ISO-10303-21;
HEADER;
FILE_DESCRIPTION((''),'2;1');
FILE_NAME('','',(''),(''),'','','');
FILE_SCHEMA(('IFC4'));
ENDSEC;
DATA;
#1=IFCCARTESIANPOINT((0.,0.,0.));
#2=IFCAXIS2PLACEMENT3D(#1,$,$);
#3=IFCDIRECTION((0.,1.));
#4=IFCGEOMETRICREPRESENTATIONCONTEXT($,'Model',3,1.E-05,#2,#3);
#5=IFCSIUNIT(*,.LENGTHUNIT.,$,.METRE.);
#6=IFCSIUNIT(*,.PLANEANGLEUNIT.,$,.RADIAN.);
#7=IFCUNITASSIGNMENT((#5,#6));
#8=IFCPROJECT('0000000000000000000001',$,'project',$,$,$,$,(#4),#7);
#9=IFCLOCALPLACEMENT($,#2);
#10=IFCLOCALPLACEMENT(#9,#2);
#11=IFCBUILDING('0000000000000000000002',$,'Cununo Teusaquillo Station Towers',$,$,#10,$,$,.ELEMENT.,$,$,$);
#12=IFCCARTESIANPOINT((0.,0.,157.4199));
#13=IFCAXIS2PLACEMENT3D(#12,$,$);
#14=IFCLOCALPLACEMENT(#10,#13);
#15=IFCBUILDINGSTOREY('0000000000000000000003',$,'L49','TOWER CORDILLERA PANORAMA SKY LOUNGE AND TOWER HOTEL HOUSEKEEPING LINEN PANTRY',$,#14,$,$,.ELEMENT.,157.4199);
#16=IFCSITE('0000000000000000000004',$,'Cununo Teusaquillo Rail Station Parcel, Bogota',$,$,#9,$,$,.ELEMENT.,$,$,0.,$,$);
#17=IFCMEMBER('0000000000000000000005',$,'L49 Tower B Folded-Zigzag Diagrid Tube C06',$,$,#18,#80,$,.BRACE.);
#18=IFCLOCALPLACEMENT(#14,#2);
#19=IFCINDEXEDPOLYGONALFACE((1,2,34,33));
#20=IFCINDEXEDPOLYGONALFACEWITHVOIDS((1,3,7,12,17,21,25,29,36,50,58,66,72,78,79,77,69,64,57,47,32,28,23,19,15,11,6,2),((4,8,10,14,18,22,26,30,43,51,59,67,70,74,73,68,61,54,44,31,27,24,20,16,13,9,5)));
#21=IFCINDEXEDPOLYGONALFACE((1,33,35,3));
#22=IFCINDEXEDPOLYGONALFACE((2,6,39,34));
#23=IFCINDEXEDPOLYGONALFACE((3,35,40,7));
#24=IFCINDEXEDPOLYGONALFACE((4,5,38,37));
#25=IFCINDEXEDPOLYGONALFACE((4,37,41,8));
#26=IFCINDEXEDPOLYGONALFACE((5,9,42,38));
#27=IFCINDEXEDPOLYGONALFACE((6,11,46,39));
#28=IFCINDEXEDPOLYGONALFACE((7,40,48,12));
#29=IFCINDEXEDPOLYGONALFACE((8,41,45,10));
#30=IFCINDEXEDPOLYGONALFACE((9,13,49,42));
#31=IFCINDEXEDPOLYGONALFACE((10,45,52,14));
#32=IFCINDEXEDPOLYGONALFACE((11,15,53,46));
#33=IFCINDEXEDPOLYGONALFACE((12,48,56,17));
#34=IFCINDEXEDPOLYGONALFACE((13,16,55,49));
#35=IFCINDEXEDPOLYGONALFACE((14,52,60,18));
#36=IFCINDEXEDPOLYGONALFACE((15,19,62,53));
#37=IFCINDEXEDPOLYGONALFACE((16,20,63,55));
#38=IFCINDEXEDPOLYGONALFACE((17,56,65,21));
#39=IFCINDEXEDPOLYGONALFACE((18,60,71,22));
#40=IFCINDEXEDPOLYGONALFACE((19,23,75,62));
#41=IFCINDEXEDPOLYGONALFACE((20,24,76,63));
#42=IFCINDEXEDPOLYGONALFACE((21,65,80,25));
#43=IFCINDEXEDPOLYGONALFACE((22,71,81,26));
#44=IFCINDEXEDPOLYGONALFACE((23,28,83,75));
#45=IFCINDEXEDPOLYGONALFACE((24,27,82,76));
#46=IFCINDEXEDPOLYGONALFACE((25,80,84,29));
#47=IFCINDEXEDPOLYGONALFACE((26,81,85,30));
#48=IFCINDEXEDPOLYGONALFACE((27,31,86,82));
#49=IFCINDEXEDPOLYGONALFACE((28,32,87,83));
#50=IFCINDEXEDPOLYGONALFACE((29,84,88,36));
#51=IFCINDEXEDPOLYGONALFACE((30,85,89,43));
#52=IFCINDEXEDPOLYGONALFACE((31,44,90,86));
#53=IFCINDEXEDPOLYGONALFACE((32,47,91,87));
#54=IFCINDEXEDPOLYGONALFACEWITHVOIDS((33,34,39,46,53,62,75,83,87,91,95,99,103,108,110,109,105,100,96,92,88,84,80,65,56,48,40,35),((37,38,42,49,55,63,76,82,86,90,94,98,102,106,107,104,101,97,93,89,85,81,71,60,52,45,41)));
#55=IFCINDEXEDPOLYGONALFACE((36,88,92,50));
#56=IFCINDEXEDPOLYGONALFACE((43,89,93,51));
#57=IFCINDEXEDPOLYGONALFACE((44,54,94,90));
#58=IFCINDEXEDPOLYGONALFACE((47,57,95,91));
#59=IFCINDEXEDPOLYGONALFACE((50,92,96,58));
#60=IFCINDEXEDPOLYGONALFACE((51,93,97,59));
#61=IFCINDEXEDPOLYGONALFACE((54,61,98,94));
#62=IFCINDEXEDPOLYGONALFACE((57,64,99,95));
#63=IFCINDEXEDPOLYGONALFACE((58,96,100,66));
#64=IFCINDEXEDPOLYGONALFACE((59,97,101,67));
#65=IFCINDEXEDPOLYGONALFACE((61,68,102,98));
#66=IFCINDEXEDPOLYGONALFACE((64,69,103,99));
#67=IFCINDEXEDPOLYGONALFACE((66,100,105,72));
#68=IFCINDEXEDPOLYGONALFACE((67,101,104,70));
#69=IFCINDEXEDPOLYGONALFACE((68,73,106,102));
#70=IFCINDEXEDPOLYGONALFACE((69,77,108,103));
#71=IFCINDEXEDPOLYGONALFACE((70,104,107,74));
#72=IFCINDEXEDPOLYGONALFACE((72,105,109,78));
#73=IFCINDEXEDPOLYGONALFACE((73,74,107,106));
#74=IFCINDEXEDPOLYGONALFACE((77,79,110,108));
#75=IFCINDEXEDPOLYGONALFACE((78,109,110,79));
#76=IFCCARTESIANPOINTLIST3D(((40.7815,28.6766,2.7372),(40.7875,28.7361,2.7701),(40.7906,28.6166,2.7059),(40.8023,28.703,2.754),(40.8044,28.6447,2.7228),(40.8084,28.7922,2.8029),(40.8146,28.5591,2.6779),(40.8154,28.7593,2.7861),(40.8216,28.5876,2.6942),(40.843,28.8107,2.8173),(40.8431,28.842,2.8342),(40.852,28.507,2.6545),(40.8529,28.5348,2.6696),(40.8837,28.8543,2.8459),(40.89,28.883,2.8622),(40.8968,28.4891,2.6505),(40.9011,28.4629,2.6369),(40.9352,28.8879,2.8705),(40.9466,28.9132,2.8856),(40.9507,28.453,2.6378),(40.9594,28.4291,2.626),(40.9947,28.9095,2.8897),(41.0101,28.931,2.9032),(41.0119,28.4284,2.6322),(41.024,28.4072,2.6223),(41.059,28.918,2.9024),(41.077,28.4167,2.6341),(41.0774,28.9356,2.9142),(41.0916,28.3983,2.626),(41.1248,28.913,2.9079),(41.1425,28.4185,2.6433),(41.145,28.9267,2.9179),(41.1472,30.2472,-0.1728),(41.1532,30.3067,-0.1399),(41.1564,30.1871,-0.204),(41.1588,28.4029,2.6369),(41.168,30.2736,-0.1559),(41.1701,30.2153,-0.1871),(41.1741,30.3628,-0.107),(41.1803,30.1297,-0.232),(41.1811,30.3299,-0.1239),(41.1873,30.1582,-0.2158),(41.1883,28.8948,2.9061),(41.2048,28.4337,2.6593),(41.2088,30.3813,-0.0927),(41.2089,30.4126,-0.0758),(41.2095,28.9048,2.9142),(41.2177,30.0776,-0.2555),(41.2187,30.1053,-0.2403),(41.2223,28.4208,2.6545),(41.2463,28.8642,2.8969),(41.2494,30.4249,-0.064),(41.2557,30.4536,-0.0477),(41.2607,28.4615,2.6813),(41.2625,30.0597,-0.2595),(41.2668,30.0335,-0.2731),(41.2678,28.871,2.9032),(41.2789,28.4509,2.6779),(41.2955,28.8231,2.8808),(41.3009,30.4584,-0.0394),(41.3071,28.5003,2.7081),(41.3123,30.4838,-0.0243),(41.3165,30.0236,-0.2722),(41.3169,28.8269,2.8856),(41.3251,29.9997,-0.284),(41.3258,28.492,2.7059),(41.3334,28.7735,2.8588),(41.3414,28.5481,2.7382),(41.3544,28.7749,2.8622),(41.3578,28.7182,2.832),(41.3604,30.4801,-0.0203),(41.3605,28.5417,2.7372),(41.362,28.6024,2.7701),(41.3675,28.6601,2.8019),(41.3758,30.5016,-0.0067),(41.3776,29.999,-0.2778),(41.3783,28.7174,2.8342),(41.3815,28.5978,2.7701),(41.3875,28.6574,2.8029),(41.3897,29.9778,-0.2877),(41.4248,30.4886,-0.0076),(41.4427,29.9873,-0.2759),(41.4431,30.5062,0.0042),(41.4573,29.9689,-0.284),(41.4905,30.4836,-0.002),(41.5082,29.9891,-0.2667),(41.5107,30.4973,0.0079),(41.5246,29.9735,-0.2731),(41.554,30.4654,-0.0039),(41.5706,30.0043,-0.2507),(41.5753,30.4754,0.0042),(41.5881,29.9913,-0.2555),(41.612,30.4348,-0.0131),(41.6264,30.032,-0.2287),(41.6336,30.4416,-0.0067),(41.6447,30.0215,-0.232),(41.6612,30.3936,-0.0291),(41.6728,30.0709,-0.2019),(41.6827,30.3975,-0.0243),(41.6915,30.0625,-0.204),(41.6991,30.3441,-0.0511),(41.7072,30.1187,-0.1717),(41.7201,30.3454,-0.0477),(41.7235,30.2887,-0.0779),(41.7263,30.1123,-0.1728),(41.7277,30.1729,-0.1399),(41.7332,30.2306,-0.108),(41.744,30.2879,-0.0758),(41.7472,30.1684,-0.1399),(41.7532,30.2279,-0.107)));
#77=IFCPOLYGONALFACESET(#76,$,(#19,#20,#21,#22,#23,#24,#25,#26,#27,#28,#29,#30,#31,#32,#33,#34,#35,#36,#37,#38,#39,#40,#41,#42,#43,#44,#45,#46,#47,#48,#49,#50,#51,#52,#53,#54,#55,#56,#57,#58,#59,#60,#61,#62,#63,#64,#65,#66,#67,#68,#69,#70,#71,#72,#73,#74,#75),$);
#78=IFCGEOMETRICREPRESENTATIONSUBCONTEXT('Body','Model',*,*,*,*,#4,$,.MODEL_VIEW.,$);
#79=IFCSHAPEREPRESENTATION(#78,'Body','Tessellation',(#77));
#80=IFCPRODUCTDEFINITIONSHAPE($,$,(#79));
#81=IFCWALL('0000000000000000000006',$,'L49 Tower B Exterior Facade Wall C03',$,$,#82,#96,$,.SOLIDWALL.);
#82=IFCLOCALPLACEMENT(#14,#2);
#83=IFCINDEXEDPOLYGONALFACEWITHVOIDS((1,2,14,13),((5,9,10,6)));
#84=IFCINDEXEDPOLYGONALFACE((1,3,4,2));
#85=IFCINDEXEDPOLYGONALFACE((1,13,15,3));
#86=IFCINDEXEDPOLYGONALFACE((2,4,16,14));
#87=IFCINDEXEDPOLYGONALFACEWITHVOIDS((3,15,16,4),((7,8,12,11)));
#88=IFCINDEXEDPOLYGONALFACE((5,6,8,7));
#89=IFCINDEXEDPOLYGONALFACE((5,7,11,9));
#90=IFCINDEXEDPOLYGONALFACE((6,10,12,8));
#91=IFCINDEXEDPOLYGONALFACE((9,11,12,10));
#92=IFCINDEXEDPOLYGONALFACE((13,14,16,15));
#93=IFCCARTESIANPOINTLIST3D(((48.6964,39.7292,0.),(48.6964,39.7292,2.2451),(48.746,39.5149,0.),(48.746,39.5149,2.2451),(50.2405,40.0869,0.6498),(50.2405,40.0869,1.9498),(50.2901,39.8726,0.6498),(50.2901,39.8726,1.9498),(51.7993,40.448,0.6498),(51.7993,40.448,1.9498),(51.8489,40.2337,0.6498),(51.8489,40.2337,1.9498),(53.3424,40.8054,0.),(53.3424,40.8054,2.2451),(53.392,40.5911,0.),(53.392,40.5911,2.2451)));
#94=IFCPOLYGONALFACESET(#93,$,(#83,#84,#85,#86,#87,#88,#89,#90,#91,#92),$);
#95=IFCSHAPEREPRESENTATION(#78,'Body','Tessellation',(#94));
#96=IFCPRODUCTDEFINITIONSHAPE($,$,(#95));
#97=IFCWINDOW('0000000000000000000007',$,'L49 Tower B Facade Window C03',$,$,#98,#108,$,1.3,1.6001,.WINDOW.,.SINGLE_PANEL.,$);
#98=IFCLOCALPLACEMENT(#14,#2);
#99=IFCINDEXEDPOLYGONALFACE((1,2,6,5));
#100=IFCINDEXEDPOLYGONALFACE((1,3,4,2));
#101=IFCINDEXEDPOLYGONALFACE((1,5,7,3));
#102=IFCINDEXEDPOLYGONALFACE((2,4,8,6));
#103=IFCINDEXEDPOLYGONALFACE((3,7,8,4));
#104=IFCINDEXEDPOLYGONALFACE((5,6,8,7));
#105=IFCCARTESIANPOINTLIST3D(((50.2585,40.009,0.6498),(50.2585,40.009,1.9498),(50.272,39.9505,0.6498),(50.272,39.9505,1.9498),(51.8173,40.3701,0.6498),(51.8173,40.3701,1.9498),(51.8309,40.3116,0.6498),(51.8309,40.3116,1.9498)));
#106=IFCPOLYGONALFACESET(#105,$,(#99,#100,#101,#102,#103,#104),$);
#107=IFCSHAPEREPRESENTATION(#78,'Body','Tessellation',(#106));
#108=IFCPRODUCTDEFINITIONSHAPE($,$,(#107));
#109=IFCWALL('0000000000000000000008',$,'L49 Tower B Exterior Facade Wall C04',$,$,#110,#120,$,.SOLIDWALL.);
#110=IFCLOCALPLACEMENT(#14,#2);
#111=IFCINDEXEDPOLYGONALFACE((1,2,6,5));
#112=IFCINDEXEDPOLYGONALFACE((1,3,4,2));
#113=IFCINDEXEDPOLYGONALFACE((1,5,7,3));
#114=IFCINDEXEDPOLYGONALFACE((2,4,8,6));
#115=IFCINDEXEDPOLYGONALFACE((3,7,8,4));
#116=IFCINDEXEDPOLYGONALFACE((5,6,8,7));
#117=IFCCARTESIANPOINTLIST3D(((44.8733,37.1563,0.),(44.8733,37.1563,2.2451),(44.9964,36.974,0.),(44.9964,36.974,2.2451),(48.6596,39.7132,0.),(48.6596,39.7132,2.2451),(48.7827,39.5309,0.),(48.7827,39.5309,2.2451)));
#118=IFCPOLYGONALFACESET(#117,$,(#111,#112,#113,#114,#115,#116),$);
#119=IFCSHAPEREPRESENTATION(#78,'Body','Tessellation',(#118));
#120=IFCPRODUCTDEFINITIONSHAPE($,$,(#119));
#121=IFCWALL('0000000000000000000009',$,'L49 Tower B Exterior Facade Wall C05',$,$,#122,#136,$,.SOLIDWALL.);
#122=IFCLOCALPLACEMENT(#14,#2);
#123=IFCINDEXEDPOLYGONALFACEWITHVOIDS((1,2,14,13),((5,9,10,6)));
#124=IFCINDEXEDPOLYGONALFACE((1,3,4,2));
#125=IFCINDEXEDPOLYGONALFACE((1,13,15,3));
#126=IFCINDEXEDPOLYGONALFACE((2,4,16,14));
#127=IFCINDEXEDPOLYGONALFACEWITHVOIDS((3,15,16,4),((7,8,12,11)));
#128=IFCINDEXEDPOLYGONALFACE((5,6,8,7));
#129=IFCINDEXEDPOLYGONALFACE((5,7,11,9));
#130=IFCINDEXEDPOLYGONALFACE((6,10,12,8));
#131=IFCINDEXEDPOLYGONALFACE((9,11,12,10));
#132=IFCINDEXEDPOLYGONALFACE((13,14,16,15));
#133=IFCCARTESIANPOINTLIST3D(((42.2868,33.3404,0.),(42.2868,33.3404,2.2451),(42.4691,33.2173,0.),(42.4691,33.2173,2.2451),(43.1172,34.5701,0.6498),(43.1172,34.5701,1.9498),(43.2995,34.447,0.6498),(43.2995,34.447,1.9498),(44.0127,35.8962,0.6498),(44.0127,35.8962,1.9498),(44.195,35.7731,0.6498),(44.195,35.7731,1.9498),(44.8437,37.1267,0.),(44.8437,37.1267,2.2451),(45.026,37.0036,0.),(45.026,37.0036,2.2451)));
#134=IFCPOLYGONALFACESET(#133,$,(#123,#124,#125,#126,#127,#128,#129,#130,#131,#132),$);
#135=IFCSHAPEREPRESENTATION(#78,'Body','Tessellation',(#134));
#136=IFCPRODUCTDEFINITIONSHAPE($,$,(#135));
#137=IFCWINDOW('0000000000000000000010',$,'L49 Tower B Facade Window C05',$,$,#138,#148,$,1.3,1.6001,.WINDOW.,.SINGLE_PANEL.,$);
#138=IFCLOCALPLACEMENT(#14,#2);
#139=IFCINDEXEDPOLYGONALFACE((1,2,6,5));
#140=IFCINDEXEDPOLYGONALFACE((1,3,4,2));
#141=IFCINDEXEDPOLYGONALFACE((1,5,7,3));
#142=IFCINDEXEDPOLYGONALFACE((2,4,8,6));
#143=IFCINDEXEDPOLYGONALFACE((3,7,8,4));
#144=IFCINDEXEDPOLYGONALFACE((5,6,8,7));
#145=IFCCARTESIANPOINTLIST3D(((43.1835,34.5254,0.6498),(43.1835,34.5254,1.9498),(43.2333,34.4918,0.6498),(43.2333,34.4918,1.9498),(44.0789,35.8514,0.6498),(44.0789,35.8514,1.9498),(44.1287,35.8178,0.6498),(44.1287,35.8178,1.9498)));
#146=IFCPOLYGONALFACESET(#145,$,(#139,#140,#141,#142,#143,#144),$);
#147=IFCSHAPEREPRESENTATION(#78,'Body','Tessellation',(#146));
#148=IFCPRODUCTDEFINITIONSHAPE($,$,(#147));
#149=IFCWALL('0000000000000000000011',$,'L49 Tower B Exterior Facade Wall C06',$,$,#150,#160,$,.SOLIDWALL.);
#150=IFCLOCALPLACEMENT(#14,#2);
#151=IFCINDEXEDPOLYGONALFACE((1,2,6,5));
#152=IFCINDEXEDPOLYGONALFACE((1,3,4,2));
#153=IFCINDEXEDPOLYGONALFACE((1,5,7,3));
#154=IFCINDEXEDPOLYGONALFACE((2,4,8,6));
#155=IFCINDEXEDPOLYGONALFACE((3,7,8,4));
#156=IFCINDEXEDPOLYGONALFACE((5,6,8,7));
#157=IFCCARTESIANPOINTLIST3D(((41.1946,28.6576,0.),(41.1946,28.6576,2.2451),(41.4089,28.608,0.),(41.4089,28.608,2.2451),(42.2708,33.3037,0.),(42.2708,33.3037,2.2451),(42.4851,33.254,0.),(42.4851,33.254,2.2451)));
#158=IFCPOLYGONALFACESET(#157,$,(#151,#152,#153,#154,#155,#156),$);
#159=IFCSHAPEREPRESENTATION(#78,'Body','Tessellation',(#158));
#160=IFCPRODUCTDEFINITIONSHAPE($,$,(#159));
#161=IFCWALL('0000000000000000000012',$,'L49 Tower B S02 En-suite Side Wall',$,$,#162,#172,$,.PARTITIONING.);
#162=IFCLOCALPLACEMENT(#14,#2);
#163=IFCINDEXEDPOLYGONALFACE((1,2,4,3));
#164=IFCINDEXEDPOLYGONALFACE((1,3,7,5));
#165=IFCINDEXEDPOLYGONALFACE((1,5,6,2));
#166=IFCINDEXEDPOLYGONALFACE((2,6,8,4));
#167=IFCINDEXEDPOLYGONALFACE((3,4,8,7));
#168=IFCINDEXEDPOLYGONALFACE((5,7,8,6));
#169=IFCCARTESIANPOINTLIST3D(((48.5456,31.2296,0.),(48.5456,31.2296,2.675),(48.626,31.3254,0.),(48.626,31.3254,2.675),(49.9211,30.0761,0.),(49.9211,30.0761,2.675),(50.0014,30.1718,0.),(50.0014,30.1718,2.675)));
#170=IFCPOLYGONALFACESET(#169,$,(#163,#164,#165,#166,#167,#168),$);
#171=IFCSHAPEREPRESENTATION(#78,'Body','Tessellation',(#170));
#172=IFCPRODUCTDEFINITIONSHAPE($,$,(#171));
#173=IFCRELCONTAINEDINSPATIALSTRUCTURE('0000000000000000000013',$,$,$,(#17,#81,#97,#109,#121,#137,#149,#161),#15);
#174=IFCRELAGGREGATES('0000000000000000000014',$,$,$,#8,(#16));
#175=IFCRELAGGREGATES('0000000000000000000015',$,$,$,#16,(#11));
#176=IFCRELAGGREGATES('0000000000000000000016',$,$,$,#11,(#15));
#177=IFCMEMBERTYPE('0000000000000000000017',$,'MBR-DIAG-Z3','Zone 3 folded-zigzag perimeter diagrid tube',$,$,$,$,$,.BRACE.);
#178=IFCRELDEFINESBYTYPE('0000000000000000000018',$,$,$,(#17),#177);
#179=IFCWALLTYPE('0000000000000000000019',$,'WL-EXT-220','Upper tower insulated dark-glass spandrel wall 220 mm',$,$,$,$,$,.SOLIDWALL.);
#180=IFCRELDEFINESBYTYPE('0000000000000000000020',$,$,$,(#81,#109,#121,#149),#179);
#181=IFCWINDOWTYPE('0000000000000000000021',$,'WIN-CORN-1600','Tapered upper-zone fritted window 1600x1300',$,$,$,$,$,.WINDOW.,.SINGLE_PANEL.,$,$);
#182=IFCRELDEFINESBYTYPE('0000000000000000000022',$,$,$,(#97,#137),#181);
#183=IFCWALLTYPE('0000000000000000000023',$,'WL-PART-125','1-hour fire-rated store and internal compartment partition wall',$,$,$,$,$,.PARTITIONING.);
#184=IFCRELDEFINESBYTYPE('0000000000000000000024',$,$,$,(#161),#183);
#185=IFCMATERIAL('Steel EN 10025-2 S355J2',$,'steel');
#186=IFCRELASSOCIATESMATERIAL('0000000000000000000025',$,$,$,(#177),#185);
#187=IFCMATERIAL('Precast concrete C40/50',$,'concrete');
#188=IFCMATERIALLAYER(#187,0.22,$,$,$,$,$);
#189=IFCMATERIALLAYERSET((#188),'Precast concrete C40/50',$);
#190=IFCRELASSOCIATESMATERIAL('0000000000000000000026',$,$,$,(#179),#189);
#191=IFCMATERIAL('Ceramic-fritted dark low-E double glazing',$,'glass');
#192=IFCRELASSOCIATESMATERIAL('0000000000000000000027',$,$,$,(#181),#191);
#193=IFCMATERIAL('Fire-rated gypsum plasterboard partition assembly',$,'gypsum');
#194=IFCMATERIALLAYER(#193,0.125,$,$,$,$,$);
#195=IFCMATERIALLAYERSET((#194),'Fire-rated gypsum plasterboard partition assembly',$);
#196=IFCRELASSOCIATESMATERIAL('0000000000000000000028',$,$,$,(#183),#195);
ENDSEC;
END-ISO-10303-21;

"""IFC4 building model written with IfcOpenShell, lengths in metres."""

from ifc_helpers import new_model, si_unit, direction, frame, frame_2d, origin, origin_2d, place, context, subcontext, project, spatial, rectangle, hollow_circle, extrude, source, transform, mapped, material, layer, layer_set, material_profile, profile_set, type_object, element, fill, save


model = new_model("IFC4")

# Units and contexts
model_context = context("Model", 3, precision=1e-05, world=origin(), true_north=direction((0.0, 1.0)))
body_context = subcontext(model_context, "Body", "Model", "MODEL_VIEW")
ifc_project = project(units=[si_unit("LENGTHUNIT", "METRE"), si_unit("PLANEANGLEUNIT", "RADIAN")], contexts=[model_context])

# Site, building, storey
site_placement = place(None, origin())
site = spatial("IfcSite", under=ifc_project, at=site_placement, Name="Cununo Teusaquillo Rail Station Parcel, Bogota", CompositionType="ELEMENT", RefElevation=0.0)
building_placement = place(site_placement, origin())
building = spatial("IfcBuilding", under=site, at=building_placement, Name="Cununo Teusaquillo Station Towers", CompositionType="ELEMENT")
storey_placement = place(building_placement, frame((0.0, 0.0, 157.4199)))
storey = spatial("IfcBuildingStorey", under=building, at=storey_placement, Name="L49", Description="TOWER CORDILLERA PANORAMA SKY LOUNGE AND TOWER HOTEL HOUSEKEEPING LINEN PANTRY", CompositionType="ELEMENT", Elevation=157.4199)

# Member
ifc_material_1 = material(Name="Steel EN 10025-2 S355J2", Category="steel")
ifc_material_profile_1 = material_profile(ifc_material_1, hollow_circle(Radius=0.3049, WallThickness=0.02, at=origin_2d()), Name="CHS 610x20")
ifc_profile_set_1 = profile_set([ifc_material_profile_1], Name="Steel EN 10025-2 S355J2")
member_type = type_object("IfcMemberType", Name="MBR-DIAG-Z3", Description="Zone 3 folded-zigzag perimeter diagrid tube", PredefinedType="BRACE", material=ifc_profile_set_1)
member_1_placement = place(storey_placement, frame((41.4502, 30.2375, -0.1399), z_axis=(-0.10993, -0.472084, 0.874673), x_axis=(0.973943, -0.226794, 0.0)))
element("IfcMember", 1, at=member_1_placement, inside=storey, type_object=member_type, Name="L49 Tower B Folded-Zigzag Diagrid Tube C06", PredefinedType="BRACE", context=body_context, shape_type="SweptSolid", body=[
    extrude(hollow_circle(Radius=0.3049, WallThickness=0.02, at=origin_2d()), origin(), (0.0, 0.0, 1.0), 3.3269),
])

# Wall, opening, window
ifc_material_2 = material(Name="Precast concrete C40/50", Category="concrete")
ifc_layer_1 = layer(ifc_material_2, 0.22)
ifc_layer_set_1 = layer_set([ifc_layer_1], Name="Precast concrete C40/50")
wall_type_1 = type_object("IfcWallType", Name="WL-EXT-220", Description="Upper tower insulated dark-glass spandrel wall 220 mm", PredefinedType="SOLIDWALL", material=ifc_layer_set_1)
wall_1_placement = place(storey_placement, frame((48.7212, 39.6221, 0.0), z_axis=(0.0, 0.0, 1.0), x_axis=(0.974206, 0.22566, 0.0)))
wall_1 = element("IfcWall", 2, at=wall_1_placement, inside=storey, type_object=wall_type_1, Name="L49 Tower B Exterior Facade Wall C03", PredefinedType="SOLIDWALL", context=body_context, shape_type="SweptSolid", body=[
    extrude(rectangle(XDim=4.769, YDim=0.22, at=frame_2d((2.3845, 0.0))), origin(), (0.0, 0.0, 1.0), 2.2451),
])
shared_shape_1 = source(origin(), body_context, "Body", "SweptSolid", [
    extrude(rectangle(XDim=1.6001, YDim=1.3, at=frame_2d((0.8, 0.6499))), frame((0.0, 0.1199, 0.0), z_axis=(0.0, -1.0, 0.0), x_axis=(1.0, 0.0, 0.0)), (0.0, 0.0, 1.0), 0.24),
])
opening_1_placement = place(wall_1_placement, frame((1.585, 0.0, 0.6499)))
opening_1 = element("IfcOpeningElement", 3, at=opening_1_placement, cuts=wall_1, PredefinedType="OPENING", context=body_context, shape_type="MappedRepresentation", body=[
    mapped(shared_shape_1, transform((0.0, 0.0, 0.0), x_axis=(1.0, 0.0, 0.0), y_axis=(0.0, 1.0, 0.0), z_axis=(0.0, 0.0, 1.0), scale=1.0)),
])
ifc_material_3 = material(Name="Ceramic-fritted dark low-E double glazing", Category="glass")
window_type = type_object("IfcWindowType", Name="WIN-CORN-1600", Description="Tapered upper-zone fritted window 1600x1300", PartitioningType="SINGLE_PANEL", PredefinedType="WINDOW", material=ifc_material_3)
shared_shape_2 = source(origin(), body_context, "Body", "SweptSolid", [
    extrude(rectangle(XDim=1.6001, YDim=1.3, at=frame_2d((0.8, 0.6499))), frame((0.0, 0.03, 0.0), z_axis=(0.0, -1.0, 0.0), x_axis=(1.0, 0.0, 0.0)), (0.0, 0.0, 1.0), 0.0601),
])
window_1_placement = place(opening_1_placement, origin())
window_1 = element("IfcWindow", 4, at=window_1_placement, inside=storey, type_object=window_type, Name="L49 Tower B Facade Window C03", OverallHeight=1.3, OverallWidth=1.6001, PartitioningType="SINGLE_PANEL", PredefinedType="WINDOW", context=body_context, shape_type="MappedRepresentation", body=[
    mapped(shared_shape_2, transform((0.0, 0.0, 0.0), x_axis=(1.0, 0.0, 0.0), y_axis=(0.0, 1.0, 0.0), z_axis=(0.0, 0.0, 1.0), scale=1.0)),
])
fill(opening_1, window_1)

# Wall
wall_2_placement = place(storey_placement, frame((44.9348, 37.0652, 0.0), z_axis=(0.0, 0.0, 1.0), x_axis=(0.828739, 0.559635, 0.0)))
element("IfcWall", 5, at=wall_2_placement, inside=storey, type_object=wall_type_1, Name="L49 Tower B Exterior Facade Wall C04", PredefinedType="SOLIDWALL", context=body_context, shape_type="SweptSolid", body=[
    extrude(rectangle(XDim=4.5688, YDim=0.22, at=frame_2d((2.2844, 0.0))), origin(), (0.0, 0.0, 1.0), 2.2451),
])

# Wall, opening, window
wall_3_placement = place(storey_placement, frame((42.3779, 33.2788, 0.0), z_axis=(0.0, 0.0, 1.0), x_axis=(0.559635, 0.828739, 0.0)))
wall_3 = element("IfcWall", 6, at=wall_3_placement, inside=storey, type_object=wall_type_1, Name="L49 Tower B Exterior Facade Wall C05", PredefinedType="SOLIDWALL", context=body_context, shape_type="SweptSolid", body=[
    extrude(rectangle(XDim=4.5688, YDim=0.22, at=frame_2d((2.2844, 0.0))), origin(), (0.0, 0.0, 1.0), 2.2451),
])
opening_2_placement = place(wall_3_placement, frame((1.4839, 0.0, 0.6499)))
opening_2 = element("IfcOpeningElement", 7, at=opening_2_placement, cuts=wall_3, PredefinedType="OPENING", context=body_context, shape_type="MappedRepresentation", body=[
    mapped(shared_shape_1, transform((0.0, 0.0, 0.0), x_axis=(1.0, 0.0, 0.0), y_axis=(0.0, 1.0, 0.0), z_axis=(0.0, 0.0, 1.0), scale=1.0)),
])
window_2_placement = place(opening_2_placement, origin())
window_2 = element("IfcWindow", 8, at=window_2_placement, inside=storey, type_object=window_type, Name="L49 Tower B Facade Window C05", OverallHeight=1.3, OverallWidth=1.6001, PartitioningType="SINGLE_PANEL", PredefinedType="WINDOW", context=body_context, shape_type="MappedRepresentation", body=[
    mapped(shared_shape_2, transform((0.0, 0.0, 0.0), x_axis=(1.0, 0.0, 0.0), y_axis=(0.0, 1.0, 0.0), z_axis=(0.0, 0.0, 1.0), scale=1.0)),
])
fill(opening_2, window_2)

# Walls
wall_4_placement = place(storey_placement, frame((41.3018, 28.6328, 0.0), z_axis=(0.0, 0.0, 1.0), x_axis=(0.22566, 0.974206, 0.0)))
element("IfcWall", 9, at=wall_4_placement, inside=storey, type_object=wall_type_1, Name="L49 Tower B Exterior Facade Wall C06", PredefinedType="SOLIDWALL", context=body_context, shape_type="SweptSolid", body=[
    extrude(rectangle(XDim=4.769, YDim=0.22, at=frame_2d((2.3845, 0.0))), origin(), (0.0, 0.0, 1.0), 2.2451),
])
ifc_material_4 = material(Name="Fire-rated gypsum plasterboard partition assembly", Category="gypsum")
ifc_layer_2 = layer(ifc_material_4, 0.125)
ifc_layer_set_2 = layer_set([ifc_layer_2], Name="Fire-rated gypsum plasterboard partition assembly")
wall_type_2 = type_object("IfcWallType", Name="WL-PART-125", Description="1-hour fire-rated store and internal compartment partition wall", PredefinedType="PARTITIONING", material=ifc_layer_set_2)
wall_5_placement = place(storey_placement, frame((49.9612, 30.124, 0.0), z_axis=(0.0, 0.0, 1.0), x_axis=(-0.766211, 0.642589, 0.0)))
element("IfcWall", 10, at=wall_5_placement, inside=storey, type_object=wall_type_2, Name="L49 Tower B S02 En-suite Side Wall", PredefinedType="PARTITIONING", context=body_context, shape_type="SweptSolid", body=[
    extrude(rectangle(XDim=1.7952, YDim=0.125, at=frame_2d((0.8975, 0.0))), origin(), (0.0, 0.0, 1.0), 2.675),
])

save(model, "model.ifc")
